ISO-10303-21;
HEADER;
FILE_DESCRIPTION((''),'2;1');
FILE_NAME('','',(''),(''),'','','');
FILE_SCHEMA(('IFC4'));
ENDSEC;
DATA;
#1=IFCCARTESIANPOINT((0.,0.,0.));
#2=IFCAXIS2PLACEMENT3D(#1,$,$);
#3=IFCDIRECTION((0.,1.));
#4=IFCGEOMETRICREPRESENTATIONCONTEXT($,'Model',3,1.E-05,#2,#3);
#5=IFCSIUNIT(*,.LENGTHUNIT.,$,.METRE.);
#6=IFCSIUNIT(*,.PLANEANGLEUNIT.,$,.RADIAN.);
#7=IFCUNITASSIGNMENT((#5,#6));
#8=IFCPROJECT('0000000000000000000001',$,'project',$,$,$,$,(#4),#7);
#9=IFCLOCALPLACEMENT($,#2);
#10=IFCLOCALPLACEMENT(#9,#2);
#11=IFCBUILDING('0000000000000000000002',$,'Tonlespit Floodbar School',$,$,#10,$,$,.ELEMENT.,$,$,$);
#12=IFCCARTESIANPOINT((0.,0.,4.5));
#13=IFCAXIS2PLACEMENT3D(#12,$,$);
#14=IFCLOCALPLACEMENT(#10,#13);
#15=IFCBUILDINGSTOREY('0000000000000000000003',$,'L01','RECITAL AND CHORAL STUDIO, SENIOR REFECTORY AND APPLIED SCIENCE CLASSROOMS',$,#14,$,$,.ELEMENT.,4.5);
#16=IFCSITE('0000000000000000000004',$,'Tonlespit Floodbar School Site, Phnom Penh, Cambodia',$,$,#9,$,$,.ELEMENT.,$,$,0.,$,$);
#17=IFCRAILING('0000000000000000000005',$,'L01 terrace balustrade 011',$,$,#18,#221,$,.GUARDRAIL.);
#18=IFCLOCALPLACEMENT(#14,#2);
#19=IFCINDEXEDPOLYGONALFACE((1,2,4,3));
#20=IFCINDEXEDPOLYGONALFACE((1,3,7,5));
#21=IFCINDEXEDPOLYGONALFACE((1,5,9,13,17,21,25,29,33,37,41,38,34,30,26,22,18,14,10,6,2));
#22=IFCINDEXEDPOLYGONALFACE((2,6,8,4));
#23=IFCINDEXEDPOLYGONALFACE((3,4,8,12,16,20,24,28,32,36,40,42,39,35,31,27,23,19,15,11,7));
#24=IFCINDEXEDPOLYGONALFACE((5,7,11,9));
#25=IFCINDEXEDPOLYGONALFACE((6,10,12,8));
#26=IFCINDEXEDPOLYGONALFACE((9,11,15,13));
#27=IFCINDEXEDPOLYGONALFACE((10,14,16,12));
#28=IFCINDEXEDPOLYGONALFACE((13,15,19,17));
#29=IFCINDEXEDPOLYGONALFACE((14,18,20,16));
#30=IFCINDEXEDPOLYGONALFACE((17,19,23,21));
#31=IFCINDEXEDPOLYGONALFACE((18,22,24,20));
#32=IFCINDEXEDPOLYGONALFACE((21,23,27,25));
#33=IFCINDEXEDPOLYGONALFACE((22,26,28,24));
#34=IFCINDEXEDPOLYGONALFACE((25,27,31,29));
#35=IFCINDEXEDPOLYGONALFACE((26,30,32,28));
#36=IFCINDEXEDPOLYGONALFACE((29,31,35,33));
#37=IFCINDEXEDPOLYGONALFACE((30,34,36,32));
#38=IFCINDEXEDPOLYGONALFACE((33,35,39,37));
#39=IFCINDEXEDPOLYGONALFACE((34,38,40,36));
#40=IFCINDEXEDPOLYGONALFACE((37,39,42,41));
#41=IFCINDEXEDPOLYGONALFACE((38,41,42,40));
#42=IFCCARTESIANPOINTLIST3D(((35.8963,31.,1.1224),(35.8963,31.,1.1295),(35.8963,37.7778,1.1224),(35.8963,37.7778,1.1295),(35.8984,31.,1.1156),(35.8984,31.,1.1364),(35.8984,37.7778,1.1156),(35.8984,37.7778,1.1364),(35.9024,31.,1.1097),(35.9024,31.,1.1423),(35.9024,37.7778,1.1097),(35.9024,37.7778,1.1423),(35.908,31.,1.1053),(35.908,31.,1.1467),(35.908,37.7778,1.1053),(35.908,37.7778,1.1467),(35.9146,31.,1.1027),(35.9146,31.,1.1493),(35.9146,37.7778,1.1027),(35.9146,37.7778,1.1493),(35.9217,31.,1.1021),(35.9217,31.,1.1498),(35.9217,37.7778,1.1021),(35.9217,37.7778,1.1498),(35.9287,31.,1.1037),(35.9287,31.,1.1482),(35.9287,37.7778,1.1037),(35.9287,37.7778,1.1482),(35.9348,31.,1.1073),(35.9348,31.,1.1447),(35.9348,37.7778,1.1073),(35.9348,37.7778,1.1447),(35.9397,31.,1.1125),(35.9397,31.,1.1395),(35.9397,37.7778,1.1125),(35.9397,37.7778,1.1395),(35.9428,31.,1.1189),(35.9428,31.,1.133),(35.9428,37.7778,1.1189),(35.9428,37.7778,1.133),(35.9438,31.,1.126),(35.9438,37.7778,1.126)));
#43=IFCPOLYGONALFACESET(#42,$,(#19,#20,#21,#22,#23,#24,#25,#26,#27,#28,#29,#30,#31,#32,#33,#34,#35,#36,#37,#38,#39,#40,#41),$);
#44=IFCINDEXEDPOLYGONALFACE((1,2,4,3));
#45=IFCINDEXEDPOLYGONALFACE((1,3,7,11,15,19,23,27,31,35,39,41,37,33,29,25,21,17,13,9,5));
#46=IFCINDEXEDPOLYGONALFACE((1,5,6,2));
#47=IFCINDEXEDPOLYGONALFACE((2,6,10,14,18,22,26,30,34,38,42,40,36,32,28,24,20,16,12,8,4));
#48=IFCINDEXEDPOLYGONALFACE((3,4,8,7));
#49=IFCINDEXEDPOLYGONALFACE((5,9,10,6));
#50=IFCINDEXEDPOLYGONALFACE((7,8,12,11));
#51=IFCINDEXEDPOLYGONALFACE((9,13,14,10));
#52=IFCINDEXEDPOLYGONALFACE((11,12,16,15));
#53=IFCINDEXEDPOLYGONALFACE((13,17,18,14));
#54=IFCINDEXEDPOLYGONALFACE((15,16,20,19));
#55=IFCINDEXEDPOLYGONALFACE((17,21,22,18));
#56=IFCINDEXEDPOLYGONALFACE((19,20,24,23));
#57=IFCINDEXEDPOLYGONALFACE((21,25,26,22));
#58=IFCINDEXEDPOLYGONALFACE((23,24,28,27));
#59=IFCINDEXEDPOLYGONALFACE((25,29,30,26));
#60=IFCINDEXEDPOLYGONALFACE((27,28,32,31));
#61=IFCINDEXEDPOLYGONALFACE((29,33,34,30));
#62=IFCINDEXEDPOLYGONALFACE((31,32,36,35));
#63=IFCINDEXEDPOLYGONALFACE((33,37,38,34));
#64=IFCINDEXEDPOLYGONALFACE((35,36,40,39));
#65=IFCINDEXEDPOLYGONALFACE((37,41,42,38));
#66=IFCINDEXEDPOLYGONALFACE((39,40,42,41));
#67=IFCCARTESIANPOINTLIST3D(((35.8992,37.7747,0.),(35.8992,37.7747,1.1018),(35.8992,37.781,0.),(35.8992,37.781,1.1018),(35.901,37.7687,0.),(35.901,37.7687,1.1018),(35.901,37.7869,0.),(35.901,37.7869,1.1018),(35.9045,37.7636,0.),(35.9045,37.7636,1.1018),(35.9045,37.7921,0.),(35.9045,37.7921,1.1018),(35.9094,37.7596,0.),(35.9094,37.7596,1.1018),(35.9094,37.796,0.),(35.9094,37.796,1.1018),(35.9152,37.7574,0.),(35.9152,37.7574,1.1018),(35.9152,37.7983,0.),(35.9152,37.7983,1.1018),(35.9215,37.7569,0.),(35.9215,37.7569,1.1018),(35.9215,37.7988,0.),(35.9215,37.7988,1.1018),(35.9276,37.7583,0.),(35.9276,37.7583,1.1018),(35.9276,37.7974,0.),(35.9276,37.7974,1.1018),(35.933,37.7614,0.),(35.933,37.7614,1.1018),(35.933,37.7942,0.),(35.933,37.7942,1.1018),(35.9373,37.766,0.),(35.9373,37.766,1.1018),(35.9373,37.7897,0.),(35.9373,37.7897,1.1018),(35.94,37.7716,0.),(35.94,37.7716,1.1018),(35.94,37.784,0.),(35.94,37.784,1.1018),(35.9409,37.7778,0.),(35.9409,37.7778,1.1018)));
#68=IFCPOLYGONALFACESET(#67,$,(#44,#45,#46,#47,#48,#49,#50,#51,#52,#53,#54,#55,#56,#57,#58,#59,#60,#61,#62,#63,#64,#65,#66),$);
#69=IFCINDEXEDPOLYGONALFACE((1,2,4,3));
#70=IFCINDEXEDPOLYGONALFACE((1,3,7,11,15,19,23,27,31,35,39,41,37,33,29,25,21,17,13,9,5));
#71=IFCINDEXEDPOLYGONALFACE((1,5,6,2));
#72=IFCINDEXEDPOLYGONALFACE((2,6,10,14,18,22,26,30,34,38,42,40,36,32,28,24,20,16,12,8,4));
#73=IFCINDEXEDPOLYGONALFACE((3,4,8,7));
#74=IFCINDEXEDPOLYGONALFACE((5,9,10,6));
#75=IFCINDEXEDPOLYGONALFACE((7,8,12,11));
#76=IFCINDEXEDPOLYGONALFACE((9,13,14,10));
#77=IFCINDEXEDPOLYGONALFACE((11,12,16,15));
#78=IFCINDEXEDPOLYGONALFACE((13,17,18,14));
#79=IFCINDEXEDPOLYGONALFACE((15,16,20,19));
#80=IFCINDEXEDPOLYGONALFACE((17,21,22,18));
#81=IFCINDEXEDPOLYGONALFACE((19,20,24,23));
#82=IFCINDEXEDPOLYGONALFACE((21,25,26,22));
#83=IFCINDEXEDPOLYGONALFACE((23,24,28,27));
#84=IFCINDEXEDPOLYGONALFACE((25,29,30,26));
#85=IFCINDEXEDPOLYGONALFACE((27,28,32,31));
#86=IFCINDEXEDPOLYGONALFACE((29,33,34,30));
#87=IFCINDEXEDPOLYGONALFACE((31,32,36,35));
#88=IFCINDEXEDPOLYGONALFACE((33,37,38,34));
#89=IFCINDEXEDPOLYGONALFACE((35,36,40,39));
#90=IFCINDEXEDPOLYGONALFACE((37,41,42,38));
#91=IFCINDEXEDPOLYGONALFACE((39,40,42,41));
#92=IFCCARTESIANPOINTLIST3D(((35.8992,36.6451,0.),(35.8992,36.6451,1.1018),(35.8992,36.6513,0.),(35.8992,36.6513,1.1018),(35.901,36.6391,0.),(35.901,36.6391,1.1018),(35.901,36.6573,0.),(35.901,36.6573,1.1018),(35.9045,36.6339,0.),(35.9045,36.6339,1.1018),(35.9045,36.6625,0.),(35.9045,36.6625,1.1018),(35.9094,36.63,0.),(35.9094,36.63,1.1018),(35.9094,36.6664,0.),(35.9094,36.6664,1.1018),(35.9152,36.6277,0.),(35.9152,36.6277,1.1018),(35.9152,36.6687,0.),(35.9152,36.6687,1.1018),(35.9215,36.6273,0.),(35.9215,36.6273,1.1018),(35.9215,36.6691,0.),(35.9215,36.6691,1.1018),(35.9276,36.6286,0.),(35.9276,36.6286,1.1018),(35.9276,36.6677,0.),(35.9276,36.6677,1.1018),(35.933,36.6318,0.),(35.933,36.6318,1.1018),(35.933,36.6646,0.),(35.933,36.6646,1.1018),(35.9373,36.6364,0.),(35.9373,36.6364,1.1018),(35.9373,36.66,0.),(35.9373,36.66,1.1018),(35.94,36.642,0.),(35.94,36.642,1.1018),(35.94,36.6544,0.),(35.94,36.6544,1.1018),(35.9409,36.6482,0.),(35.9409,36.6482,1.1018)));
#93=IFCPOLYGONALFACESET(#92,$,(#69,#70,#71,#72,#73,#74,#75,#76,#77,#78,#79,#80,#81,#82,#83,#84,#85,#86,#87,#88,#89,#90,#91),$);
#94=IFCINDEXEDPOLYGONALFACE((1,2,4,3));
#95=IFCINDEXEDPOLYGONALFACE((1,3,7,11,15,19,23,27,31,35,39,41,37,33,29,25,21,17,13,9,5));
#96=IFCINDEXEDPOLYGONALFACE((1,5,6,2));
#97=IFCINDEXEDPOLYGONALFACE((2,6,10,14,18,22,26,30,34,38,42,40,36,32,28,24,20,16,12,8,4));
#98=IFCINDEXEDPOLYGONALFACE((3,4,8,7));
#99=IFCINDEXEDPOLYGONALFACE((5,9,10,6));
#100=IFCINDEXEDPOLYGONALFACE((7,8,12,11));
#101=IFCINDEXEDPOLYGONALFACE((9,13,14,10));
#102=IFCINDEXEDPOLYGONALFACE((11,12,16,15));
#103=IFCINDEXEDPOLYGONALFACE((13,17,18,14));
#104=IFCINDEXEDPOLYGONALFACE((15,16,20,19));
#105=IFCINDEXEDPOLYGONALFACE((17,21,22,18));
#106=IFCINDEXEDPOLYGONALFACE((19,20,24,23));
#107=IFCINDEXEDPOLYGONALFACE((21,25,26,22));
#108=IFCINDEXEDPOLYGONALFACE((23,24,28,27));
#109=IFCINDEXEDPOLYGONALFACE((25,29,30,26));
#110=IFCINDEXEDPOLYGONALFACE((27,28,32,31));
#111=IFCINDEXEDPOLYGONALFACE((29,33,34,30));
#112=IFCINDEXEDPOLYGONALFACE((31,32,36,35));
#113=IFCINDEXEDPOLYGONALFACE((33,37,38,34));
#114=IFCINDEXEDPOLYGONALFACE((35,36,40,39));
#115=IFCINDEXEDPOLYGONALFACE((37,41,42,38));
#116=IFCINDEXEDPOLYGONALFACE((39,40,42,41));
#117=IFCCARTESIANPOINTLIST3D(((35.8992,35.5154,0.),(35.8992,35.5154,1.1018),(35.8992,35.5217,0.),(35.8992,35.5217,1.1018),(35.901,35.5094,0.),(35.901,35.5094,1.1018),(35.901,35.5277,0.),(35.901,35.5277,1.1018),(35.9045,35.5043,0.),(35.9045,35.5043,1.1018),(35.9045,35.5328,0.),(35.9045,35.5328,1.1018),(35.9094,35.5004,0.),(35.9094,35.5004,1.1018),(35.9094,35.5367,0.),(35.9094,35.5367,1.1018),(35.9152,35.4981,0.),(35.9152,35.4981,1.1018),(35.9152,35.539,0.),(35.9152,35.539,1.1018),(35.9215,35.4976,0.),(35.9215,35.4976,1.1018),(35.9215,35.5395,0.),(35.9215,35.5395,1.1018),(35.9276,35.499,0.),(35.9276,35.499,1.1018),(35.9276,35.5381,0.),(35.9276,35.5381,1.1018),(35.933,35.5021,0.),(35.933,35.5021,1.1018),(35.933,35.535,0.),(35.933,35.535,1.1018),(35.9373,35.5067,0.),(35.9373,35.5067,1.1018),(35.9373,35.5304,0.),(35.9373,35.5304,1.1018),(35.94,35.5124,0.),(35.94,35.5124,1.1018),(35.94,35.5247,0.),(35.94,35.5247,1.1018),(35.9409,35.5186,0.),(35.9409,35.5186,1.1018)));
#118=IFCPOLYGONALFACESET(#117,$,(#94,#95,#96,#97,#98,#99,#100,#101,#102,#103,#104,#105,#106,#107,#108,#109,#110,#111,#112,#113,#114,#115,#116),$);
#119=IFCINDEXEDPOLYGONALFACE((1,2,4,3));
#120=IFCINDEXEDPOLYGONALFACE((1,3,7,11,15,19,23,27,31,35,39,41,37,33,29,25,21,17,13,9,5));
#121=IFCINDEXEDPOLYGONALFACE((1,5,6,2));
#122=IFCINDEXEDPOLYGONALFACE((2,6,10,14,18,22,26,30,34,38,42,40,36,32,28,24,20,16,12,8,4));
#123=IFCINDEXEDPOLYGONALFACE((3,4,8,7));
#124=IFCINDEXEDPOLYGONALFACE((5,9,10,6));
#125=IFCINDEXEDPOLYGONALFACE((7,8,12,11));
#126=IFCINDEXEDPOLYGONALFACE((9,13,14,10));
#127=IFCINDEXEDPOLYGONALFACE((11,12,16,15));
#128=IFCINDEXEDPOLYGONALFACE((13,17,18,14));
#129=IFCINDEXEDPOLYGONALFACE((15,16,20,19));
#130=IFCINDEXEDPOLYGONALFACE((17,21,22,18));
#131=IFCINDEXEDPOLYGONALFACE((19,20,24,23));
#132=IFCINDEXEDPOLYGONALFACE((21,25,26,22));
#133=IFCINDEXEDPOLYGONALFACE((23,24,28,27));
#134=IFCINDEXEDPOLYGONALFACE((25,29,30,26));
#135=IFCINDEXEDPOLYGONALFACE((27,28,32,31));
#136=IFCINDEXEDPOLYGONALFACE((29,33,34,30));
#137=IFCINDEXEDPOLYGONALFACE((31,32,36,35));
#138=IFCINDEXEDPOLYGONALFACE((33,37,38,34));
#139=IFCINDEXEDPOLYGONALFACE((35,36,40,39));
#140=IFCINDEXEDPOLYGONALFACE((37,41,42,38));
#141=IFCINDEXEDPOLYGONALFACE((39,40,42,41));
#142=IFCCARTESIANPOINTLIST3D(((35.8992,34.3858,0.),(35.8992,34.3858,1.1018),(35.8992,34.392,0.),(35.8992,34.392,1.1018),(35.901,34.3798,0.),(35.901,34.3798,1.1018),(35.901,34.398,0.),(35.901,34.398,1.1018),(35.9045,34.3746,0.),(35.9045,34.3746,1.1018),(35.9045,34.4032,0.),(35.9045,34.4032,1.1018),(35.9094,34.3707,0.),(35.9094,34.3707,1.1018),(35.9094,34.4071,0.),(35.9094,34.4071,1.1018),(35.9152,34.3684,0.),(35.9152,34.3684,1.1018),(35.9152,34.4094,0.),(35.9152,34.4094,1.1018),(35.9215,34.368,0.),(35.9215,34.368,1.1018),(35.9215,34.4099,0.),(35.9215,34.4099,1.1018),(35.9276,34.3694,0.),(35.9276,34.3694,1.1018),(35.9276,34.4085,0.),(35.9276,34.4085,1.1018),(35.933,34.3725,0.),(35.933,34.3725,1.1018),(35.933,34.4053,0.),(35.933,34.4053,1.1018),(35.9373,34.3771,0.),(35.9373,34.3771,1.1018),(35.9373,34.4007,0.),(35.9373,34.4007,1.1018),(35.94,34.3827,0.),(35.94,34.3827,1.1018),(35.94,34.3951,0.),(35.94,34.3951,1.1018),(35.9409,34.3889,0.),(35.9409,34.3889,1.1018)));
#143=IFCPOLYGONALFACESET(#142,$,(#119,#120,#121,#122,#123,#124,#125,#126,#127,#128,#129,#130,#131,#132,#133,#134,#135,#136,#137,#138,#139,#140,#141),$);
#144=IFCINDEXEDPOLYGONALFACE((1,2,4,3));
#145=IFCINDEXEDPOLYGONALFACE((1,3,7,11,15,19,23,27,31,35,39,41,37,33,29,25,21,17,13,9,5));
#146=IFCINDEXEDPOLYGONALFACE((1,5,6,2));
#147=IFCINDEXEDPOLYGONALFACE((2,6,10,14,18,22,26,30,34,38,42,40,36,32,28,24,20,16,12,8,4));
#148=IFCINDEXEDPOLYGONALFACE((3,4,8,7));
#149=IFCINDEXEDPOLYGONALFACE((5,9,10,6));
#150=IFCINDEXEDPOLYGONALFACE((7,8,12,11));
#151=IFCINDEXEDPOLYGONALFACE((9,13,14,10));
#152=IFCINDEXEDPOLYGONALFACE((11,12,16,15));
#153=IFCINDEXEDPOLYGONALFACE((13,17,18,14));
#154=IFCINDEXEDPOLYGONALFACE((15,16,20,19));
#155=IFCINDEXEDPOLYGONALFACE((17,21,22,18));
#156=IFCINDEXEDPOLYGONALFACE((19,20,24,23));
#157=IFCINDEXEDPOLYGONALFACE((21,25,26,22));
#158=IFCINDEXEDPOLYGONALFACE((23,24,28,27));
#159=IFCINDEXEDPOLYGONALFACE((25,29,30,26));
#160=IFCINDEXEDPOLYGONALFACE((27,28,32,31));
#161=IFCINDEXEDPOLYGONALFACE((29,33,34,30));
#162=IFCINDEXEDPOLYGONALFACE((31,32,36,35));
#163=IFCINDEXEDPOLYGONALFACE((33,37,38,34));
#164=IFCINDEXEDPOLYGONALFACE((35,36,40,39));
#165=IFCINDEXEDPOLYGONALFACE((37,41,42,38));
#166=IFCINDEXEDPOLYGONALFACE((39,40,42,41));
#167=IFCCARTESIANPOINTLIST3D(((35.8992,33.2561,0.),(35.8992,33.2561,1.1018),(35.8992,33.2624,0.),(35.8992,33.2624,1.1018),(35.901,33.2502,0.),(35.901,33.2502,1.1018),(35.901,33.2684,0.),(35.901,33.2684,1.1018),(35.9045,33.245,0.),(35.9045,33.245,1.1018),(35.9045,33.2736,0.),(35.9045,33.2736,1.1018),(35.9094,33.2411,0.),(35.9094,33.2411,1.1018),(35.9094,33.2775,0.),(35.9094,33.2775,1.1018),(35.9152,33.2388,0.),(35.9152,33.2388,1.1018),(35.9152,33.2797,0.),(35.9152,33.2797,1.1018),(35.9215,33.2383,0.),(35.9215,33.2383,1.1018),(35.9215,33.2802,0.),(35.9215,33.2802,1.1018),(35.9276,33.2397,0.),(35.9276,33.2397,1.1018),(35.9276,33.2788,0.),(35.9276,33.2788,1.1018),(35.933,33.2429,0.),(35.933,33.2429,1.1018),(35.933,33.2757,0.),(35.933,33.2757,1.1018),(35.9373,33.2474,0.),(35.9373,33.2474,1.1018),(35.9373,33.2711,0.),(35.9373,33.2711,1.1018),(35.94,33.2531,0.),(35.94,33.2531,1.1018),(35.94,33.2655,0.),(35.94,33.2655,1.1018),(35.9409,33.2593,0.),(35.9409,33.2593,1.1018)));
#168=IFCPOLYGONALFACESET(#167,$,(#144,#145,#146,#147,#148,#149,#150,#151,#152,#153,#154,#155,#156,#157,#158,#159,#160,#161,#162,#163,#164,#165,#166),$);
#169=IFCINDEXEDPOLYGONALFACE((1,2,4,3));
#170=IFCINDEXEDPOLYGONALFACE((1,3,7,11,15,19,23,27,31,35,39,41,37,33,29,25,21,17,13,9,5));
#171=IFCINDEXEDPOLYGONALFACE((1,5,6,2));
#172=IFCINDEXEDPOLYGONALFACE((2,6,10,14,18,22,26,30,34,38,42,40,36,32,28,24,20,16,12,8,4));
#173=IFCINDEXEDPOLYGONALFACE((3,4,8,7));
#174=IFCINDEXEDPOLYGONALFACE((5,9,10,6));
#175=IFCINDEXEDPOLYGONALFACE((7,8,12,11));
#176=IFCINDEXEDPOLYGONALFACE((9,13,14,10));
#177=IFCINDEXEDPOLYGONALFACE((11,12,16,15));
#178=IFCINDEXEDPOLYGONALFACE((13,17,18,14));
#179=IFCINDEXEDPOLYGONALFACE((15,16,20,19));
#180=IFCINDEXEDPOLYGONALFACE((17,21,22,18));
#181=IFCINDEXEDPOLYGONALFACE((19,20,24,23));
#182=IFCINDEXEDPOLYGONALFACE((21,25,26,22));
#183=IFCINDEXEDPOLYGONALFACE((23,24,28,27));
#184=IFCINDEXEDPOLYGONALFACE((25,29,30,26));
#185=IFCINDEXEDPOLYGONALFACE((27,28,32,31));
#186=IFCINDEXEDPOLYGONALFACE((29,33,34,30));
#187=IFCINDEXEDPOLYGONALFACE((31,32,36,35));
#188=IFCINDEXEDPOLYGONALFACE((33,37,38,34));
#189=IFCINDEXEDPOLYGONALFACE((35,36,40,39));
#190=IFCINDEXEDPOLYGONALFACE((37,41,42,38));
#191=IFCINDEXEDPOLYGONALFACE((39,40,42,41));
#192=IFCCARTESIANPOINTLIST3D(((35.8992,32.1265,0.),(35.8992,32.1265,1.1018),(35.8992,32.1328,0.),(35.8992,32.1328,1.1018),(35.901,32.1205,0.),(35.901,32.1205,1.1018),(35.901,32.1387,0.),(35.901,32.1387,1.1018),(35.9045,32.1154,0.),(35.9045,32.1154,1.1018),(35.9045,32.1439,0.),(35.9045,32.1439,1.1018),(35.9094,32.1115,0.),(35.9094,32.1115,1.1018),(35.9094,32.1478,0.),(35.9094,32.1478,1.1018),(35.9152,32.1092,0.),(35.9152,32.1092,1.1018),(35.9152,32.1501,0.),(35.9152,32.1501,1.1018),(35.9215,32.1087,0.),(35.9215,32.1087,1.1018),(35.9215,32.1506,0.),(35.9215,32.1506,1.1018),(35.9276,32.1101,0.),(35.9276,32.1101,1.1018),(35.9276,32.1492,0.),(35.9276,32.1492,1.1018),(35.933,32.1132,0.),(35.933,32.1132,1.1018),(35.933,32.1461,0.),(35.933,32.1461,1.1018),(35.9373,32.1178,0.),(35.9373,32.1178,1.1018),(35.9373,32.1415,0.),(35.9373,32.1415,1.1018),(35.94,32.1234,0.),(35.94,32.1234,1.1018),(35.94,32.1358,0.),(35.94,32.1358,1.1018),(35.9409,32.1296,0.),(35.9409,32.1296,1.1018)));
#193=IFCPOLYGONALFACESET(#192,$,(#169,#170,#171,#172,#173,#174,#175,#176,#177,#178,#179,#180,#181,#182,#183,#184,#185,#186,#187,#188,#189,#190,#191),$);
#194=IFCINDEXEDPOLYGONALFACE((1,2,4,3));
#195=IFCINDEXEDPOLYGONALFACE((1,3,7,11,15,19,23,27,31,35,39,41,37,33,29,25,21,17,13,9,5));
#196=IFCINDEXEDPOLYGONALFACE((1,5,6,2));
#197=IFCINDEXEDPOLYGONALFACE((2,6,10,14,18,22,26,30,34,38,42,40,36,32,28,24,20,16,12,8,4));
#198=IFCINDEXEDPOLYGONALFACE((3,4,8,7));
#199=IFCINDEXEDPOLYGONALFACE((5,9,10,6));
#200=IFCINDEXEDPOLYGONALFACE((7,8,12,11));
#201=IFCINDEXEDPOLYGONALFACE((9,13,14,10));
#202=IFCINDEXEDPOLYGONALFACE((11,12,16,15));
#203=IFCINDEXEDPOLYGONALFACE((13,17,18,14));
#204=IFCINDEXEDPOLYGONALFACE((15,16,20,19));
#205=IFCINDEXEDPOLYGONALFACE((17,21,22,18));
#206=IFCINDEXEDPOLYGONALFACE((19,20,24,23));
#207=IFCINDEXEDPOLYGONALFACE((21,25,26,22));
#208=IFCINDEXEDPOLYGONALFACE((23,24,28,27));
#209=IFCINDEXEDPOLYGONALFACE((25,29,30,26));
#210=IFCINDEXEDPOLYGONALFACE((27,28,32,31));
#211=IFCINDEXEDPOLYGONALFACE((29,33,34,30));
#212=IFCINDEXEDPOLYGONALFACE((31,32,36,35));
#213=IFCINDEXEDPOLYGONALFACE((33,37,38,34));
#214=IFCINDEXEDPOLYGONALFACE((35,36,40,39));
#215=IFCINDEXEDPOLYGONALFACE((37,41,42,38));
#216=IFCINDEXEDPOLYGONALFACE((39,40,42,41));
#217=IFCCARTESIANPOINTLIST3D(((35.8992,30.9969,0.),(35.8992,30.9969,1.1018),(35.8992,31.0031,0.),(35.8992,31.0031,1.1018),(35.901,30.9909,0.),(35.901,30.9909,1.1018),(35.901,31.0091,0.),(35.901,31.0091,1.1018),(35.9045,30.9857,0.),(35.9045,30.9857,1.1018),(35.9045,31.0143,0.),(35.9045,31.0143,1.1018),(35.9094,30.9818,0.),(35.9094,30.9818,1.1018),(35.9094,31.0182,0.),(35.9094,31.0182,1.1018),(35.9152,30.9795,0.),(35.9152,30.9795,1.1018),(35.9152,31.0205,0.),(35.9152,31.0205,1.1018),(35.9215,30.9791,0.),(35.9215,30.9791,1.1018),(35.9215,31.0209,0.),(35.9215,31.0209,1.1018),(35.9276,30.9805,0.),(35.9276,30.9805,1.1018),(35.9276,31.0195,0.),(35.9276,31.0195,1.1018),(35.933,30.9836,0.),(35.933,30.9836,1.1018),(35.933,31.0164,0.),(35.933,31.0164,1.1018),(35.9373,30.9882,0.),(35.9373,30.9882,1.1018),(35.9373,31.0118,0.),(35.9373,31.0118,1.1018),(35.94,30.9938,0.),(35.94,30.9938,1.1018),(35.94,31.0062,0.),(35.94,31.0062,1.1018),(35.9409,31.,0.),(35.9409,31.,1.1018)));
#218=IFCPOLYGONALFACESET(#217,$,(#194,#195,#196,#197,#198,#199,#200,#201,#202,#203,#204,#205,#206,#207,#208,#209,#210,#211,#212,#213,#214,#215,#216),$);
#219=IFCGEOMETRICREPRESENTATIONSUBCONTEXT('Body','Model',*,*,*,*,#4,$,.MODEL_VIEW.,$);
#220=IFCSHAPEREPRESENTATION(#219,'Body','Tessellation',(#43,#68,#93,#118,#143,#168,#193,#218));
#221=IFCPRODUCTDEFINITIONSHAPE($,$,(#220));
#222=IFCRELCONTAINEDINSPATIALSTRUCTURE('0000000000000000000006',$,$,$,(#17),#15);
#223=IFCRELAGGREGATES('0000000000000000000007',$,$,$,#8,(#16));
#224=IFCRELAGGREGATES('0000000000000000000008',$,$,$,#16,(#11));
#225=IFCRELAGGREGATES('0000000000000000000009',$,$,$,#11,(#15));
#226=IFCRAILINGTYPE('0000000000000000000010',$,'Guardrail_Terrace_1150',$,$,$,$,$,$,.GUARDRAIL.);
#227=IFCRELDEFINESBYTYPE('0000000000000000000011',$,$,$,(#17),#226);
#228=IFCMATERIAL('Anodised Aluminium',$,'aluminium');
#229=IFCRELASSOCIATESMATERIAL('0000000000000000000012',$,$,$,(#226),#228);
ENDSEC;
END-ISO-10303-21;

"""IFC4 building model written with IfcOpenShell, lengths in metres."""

from ifc_helpers import new_model, si_unit, direction, frame, origin, origin_2d, place, context, subcontext, project, spatial, circle, extrude, material, type_object, element, save


model = new_model("IFC4")

# Units and contexts
model_context = context("Model", 3, precision=1e-05, world=origin(), true_north=direction((0.0, 1.0)))
body_context = subcontext(model_context, "Body", "Model", "MODEL_VIEW")
ifc_project = project(units=[si_unit("LENGTHUNIT", "METRE"), si_unit("PLANEANGLEUNIT", "RADIAN")], contexts=[model_context])

# Site, building, storey
site_placement = place(None, origin())
site = spatial("IfcSite", under=ifc_project, at=site_placement, Name="Tonlespit Floodbar School Site, Phnom Penh, Cambodia", CompositionType="ELEMENT", RefElevation=0.0)
building_placement = place(site_placement, origin())
building = spatial("IfcBuilding", under=site, at=building_placement, Name="Tonlespit Floodbar School", CompositionType="ELEMENT")
storey_placement = place(building_placement, frame((0.0, 0.0, 4.5)))
storey = spatial("IfcBuildingStorey", under=building, at=storey_placement, Name="L01", Description="RECITAL AND CHORAL STUDIO, SENIOR REFECTORY AND APPLIED SCIENCE CLASSROOMS", CompositionType="ELEMENT", Elevation=4.5)

# Shared definitions
ifc_material_1 = material(Name="Anodised Aluminium", Category="aluminium")

# Railing
railing_type_1 = type_object("IfcRailingType", Name="Guardrail_Terrace_1150", PredefinedType="GUARDRAIL", material=ifc_material_1)
railing_1_placement = place(storey_placement, frame((35.9199, 37.7778, 0.0)))
element("IfcRailing", 1, at=railing_1_placement, inside=storey, type_object=railing_type_1, Name="L01 terrace balustrade 011", PredefinedType="GUARDRAIL", context=body_context, shape_type="SweptSolid", body=[
    extrude(circle(Radius=0.0239, at=origin_2d()), frame((0.0, 0.0, 1.126), z_axis=(0.0, -1.0, 0.0), x_axis=(1.0, 0.0, 0.0)), (0.0, 0.0, 1.0), 6.7778),
    extrude(circle(Radius=0.021, at=origin_2d()), origin(), (0.0, 0.0, 1.0), 1.1018),
    extrude(circle(Radius=0.021, at=origin_2d()), frame((0.0, -1.1296, 0.0)), (0.0, 0.0, 1.0), 1.1018),
    extrude(circle(Radius=0.021, at=origin_2d()), frame((0.0, -2.2593, 0.0)), (0.0, 0.0, 1.0), 1.1018),
    extrude(circle(Radius=0.021, at=origin_2d()), frame((0.0, -3.3889, 0.0)), (0.0, 0.0, 1.0), 1.1018),
    extrude(circle(Radius=0.021, at=origin_2d()), frame((0.0, -4.5186, 0.0)), (0.0, 0.0, 1.0), 1.1018),
    extrude(circle(Radius=0.021, at=origin_2d()), frame((0.0, -5.6482, 0.0)), (0.0, 0.0, 1.0), 1.1018),
    extrude(circle(Radius=0.021, at=origin_2d()), frame((0.0, -6.7778, 0.0)), (0.0, 0.0, 1.0), 1.1018),
])

save(model, "model.ifc")
